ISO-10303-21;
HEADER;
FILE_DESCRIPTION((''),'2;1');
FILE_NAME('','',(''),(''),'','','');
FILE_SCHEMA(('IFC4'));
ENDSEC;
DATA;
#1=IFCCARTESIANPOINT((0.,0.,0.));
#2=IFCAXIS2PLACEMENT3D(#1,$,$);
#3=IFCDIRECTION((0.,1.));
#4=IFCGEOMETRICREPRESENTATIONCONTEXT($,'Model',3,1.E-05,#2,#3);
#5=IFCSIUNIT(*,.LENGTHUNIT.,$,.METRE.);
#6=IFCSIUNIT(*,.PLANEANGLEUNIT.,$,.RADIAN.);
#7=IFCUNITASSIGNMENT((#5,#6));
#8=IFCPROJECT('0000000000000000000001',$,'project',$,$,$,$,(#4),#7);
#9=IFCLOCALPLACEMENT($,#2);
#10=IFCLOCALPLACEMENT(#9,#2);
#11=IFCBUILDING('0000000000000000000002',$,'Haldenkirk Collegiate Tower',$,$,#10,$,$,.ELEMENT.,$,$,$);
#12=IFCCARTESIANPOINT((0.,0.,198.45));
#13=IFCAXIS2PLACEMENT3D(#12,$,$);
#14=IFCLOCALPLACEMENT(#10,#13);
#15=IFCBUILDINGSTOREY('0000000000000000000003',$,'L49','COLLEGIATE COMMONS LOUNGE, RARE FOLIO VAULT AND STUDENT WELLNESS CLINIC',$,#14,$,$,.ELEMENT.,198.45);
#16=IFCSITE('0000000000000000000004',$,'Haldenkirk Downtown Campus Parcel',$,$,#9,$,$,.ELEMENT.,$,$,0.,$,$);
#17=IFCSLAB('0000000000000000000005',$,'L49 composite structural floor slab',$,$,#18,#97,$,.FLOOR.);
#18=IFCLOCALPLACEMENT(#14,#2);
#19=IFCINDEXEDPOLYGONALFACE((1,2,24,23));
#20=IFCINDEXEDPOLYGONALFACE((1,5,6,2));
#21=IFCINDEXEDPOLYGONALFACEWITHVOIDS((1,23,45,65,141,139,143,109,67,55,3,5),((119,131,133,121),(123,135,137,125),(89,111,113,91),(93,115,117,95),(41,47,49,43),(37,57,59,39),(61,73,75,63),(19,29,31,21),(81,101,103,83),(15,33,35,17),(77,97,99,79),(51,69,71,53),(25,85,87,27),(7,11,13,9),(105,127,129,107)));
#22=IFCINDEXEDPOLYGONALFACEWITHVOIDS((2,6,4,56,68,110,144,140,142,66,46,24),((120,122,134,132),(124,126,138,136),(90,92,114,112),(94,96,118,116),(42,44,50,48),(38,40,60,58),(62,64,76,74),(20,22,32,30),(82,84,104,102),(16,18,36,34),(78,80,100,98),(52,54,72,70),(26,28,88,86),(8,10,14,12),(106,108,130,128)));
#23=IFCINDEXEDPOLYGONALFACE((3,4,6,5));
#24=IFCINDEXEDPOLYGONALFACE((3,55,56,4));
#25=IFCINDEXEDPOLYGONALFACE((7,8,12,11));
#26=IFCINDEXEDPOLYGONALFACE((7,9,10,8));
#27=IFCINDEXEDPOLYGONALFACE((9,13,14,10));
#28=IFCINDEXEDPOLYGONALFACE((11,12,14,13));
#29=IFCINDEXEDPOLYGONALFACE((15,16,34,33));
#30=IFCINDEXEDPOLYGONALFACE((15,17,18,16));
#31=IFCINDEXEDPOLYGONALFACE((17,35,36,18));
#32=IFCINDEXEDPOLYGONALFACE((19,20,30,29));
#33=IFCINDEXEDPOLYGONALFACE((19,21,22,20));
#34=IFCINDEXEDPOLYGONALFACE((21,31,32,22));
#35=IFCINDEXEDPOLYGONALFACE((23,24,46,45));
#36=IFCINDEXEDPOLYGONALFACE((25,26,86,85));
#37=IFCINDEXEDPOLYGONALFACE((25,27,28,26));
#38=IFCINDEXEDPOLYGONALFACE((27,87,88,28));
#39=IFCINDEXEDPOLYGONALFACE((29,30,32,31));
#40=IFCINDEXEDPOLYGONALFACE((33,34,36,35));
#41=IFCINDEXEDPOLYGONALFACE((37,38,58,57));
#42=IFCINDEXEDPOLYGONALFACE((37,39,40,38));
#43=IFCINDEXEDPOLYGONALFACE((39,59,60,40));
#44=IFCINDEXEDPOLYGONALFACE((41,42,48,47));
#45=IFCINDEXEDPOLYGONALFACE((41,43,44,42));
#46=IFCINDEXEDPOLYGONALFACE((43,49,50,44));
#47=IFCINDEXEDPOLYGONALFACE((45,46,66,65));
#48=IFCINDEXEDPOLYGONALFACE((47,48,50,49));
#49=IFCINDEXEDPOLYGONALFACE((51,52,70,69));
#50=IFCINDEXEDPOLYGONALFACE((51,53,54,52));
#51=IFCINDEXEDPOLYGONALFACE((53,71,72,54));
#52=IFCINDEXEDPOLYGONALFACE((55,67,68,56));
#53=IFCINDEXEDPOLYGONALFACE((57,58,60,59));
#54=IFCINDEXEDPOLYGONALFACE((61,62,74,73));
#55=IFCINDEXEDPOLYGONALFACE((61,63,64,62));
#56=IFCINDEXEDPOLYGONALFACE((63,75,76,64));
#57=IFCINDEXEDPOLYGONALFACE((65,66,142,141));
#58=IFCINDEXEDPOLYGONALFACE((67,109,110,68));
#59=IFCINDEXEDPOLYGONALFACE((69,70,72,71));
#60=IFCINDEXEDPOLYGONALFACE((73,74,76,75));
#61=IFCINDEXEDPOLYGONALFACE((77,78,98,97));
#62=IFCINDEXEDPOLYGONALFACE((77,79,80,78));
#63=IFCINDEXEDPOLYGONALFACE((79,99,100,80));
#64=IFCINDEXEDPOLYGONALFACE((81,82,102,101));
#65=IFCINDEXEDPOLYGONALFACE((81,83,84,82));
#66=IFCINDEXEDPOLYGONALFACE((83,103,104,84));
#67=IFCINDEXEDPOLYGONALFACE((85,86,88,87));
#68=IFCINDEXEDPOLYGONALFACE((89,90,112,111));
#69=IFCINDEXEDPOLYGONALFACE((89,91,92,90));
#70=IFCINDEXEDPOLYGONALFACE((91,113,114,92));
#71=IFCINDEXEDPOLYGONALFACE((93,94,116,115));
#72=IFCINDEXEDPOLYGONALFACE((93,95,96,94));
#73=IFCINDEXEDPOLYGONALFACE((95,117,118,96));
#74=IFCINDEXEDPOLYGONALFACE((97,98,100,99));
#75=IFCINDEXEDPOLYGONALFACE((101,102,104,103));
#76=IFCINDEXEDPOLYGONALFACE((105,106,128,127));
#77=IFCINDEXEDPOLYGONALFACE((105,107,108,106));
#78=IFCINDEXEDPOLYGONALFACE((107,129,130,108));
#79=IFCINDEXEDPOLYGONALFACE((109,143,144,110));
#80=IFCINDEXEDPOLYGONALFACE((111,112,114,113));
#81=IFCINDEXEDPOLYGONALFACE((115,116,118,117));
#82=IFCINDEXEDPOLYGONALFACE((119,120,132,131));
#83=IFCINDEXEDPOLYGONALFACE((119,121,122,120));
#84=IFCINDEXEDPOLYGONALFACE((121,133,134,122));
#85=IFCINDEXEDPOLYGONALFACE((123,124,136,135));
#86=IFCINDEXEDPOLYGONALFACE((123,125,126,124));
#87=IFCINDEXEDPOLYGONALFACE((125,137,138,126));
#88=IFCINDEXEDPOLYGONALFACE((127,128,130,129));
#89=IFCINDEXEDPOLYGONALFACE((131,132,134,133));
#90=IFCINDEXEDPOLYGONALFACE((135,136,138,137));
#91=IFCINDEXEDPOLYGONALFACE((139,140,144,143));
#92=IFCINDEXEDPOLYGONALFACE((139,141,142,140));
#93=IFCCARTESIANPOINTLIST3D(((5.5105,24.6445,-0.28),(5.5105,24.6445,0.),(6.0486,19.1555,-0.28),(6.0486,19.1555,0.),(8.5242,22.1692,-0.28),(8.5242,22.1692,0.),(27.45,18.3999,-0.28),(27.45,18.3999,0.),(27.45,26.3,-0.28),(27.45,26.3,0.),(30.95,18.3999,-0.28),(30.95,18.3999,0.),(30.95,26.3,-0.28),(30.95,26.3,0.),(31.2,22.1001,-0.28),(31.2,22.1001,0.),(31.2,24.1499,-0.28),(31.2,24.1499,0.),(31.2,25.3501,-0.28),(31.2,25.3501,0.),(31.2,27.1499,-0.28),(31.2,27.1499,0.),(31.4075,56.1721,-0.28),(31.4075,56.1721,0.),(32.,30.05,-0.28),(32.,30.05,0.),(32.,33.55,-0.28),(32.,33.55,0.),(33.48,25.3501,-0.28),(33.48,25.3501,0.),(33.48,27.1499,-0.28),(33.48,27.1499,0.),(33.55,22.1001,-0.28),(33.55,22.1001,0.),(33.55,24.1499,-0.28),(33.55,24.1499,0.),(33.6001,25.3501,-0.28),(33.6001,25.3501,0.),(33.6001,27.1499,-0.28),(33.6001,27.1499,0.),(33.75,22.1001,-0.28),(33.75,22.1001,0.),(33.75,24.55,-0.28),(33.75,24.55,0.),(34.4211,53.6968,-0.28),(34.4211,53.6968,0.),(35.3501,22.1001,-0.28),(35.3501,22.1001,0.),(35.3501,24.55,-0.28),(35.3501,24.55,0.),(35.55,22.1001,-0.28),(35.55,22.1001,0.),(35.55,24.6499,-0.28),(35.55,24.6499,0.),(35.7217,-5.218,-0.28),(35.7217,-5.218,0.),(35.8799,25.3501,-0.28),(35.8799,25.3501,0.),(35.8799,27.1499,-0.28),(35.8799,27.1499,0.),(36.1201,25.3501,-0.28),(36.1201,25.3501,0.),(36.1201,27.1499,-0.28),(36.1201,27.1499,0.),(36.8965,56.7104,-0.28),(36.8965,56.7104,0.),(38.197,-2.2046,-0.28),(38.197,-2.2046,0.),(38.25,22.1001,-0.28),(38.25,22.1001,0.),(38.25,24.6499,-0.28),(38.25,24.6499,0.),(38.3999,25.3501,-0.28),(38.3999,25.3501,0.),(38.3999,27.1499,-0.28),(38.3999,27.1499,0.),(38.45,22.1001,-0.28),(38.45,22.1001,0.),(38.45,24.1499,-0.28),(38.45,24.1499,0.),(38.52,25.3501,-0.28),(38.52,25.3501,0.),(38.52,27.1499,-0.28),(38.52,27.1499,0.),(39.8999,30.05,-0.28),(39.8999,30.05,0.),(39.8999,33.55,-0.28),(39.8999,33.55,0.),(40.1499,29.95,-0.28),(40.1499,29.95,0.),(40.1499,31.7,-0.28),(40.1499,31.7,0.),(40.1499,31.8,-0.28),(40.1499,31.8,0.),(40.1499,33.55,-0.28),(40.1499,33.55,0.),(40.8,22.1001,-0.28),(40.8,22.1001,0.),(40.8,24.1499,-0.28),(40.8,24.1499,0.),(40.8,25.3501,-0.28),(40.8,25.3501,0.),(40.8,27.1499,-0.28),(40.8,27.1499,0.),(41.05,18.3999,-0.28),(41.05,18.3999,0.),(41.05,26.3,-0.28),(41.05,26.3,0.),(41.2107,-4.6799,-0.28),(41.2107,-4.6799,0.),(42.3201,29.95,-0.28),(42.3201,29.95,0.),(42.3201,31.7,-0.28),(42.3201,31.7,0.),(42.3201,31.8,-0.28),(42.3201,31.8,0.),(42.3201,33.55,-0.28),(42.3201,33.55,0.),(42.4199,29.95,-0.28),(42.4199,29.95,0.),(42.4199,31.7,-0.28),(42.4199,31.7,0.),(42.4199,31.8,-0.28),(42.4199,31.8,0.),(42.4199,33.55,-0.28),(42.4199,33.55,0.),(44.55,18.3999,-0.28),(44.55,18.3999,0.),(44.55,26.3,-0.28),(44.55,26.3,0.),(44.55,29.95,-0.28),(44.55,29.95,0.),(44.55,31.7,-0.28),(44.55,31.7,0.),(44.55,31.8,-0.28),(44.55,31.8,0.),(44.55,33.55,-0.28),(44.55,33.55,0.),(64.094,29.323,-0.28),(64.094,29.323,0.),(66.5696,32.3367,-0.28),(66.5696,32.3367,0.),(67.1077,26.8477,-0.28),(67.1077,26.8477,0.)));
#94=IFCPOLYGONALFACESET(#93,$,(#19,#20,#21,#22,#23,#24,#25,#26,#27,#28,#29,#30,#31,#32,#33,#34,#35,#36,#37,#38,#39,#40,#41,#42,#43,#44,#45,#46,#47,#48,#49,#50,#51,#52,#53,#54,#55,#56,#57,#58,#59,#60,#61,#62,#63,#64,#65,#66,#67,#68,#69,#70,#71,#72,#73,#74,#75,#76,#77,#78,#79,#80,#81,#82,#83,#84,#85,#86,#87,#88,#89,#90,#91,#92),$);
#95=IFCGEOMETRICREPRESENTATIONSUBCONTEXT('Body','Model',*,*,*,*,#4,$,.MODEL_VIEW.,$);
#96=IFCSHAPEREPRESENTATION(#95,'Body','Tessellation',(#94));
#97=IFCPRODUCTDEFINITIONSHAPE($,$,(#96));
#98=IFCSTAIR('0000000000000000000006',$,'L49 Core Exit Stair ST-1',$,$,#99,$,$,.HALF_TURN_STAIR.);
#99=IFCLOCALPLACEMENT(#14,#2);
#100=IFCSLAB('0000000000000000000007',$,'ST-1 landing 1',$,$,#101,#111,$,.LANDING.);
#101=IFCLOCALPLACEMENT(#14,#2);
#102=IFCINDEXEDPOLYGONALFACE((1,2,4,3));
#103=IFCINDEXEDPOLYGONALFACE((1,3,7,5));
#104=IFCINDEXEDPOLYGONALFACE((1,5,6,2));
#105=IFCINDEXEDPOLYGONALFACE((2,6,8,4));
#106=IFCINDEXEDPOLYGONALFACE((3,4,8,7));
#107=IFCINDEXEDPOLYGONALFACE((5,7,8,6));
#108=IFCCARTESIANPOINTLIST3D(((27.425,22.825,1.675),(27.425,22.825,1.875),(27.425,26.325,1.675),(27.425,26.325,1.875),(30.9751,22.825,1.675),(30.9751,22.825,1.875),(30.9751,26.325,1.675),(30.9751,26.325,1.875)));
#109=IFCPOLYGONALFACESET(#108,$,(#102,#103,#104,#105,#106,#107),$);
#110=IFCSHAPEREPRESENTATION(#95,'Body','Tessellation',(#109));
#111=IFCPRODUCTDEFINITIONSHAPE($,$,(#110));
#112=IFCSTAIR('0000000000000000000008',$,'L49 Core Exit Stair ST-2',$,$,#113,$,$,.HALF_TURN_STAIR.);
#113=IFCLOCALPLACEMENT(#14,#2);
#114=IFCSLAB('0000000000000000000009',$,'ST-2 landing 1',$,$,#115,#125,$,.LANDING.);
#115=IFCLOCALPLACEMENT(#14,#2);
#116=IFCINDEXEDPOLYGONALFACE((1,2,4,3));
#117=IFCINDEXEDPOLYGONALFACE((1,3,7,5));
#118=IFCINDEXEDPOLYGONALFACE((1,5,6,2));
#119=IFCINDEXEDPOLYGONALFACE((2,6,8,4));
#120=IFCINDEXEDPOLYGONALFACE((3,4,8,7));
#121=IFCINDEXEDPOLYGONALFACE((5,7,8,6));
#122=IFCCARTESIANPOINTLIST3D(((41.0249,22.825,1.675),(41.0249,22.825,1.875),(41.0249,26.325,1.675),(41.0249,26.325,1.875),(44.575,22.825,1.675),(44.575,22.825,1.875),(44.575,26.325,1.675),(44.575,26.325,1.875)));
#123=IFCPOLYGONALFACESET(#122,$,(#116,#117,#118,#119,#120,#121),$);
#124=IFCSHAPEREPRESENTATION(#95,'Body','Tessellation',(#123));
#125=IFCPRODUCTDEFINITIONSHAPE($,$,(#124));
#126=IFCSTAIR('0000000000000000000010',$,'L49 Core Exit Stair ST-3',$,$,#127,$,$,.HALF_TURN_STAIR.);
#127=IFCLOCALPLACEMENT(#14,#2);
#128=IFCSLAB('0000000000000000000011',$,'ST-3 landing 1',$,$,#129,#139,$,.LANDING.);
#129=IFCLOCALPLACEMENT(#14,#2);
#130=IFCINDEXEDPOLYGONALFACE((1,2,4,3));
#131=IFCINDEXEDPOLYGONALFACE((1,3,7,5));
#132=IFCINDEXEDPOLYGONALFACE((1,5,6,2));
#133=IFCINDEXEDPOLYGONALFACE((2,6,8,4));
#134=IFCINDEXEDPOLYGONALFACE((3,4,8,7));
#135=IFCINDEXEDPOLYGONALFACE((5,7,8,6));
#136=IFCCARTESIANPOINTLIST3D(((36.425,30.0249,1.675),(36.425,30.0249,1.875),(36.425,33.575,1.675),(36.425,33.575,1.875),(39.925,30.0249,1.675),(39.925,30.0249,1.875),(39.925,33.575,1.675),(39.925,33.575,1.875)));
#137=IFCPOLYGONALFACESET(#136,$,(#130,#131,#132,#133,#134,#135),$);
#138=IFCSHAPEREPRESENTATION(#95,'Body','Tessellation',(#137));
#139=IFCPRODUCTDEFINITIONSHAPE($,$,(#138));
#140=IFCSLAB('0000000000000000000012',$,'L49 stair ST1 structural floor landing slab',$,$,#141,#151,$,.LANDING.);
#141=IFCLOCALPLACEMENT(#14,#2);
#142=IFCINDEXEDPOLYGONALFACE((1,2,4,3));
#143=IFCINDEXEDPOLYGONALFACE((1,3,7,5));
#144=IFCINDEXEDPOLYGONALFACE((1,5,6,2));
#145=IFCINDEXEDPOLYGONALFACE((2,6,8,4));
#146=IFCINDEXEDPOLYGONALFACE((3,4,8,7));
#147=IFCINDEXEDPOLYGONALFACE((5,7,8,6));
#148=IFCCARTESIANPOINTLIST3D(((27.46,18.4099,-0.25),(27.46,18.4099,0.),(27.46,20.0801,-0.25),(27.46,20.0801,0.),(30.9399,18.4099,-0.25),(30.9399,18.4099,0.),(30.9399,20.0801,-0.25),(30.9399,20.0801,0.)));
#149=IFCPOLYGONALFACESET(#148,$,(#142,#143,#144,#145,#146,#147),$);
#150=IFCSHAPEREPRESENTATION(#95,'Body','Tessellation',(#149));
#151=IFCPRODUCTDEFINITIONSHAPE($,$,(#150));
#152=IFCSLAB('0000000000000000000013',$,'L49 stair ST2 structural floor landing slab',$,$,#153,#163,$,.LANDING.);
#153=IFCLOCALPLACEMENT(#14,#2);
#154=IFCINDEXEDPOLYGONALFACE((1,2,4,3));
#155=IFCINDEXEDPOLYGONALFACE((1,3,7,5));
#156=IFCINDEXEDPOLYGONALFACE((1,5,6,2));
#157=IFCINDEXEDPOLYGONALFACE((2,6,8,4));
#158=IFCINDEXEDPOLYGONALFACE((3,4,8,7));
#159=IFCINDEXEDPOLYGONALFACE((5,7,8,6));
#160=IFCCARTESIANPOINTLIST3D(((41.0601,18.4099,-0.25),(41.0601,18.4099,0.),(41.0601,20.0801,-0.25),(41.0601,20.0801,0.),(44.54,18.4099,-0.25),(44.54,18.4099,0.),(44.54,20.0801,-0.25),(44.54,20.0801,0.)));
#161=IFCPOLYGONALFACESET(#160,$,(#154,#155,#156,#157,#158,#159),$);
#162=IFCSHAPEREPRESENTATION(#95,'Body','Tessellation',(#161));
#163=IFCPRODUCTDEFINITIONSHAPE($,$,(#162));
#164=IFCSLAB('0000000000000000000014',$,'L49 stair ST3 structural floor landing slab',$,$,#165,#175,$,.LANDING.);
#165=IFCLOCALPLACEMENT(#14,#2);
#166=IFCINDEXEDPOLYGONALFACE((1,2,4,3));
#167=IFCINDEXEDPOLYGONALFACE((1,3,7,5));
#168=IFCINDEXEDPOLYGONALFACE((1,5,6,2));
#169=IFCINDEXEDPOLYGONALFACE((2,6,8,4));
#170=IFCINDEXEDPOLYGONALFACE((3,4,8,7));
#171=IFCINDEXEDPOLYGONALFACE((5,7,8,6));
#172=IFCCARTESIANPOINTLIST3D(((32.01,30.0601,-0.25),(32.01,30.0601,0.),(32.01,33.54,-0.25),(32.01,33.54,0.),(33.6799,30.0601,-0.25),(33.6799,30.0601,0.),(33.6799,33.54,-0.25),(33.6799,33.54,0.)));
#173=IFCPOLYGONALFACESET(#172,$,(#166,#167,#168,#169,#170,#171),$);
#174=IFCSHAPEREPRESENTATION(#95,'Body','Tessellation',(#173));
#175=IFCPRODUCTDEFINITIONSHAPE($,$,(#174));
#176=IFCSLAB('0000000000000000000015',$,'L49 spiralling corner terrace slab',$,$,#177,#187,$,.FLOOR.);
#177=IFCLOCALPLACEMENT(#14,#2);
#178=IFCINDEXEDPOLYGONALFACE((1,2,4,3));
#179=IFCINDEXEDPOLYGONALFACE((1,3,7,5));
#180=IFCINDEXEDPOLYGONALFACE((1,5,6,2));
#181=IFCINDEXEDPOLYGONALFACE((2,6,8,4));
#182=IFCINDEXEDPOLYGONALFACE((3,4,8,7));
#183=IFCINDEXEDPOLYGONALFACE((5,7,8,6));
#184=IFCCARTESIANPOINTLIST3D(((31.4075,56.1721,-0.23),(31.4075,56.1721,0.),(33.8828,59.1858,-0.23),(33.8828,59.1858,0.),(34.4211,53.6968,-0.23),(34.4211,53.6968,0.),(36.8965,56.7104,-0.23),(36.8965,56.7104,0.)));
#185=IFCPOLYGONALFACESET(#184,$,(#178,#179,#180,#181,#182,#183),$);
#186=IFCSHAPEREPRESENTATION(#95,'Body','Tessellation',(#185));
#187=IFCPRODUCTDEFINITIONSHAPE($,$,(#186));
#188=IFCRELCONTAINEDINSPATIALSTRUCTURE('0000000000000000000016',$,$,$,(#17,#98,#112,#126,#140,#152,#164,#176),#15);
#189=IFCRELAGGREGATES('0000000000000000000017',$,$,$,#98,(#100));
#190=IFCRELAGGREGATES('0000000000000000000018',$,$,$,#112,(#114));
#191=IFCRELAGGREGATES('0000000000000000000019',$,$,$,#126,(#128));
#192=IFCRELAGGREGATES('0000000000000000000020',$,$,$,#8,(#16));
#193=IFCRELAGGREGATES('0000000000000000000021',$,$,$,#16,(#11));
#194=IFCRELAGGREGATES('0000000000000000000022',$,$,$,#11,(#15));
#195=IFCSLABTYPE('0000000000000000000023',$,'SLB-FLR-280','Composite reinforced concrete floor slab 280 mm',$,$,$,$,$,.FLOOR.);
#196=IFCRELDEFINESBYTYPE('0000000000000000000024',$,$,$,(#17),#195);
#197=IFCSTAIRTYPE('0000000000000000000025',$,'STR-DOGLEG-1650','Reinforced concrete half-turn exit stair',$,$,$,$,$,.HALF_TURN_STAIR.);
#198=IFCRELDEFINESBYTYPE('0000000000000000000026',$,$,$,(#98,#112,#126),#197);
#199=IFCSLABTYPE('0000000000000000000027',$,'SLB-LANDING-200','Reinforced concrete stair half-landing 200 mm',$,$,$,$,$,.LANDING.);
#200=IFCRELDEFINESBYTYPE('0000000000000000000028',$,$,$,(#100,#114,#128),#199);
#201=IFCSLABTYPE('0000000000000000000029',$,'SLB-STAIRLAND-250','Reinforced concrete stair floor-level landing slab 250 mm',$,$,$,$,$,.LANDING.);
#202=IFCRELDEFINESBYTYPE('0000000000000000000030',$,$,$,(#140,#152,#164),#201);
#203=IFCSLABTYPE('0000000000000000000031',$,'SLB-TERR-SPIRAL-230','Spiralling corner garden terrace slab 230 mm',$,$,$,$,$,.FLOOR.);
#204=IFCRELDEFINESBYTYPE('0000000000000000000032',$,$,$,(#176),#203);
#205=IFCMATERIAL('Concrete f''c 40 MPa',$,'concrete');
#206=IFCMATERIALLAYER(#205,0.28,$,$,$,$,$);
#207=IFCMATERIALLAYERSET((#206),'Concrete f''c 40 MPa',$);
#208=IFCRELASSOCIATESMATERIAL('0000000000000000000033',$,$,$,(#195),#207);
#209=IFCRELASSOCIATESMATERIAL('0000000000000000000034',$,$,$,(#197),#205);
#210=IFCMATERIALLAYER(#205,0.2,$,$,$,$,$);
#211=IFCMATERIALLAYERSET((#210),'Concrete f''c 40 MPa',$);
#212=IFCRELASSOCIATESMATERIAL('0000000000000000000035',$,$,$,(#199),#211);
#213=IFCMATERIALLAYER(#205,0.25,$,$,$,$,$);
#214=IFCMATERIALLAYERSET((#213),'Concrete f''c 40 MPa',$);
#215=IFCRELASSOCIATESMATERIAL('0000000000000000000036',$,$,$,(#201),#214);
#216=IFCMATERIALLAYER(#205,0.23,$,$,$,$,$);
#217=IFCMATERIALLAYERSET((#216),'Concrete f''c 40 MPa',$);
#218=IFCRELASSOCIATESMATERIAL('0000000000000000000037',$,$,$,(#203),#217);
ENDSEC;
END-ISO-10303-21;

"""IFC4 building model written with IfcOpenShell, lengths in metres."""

from ifc_helpers import new_model, si_unit, direction, frame, origin, place, context, subcontext, project, spatial, polyline, outline, extrude, material, layer, layer_set, type_object, element, aggregate, save


model = new_model("IFC4")

# Units and contexts
model_context = context("Model", 3, precision=1e-05, world=origin(), true_north=direction((0.0, 1.0)))
body_context = subcontext(model_context, "Body", "Model", "MODEL_VIEW")
ifc_project = project(units=[si_unit("LENGTHUNIT", "METRE"), si_unit("PLANEANGLEUNIT", "RADIAN")], contexts=[model_context])

# Site, building, storey
site_placement = place(None, origin())
site = spatial("IfcSite", under=ifc_project, at=site_placement, Name="Haldenkirk Downtown Campus Parcel", CompositionType="ELEMENT", RefElevation=0.0)
building_placement = place(site_placement, origin())
building = spatial("IfcBuilding", under=site, at=building_placement, Name="Haldenkirk Collegiate Tower", CompositionType="ELEMENT")
storey_placement = place(building_placement, frame((0.0, 0.0, 198.45)))
storey = spatial("IfcBuildingStorey", under=building, at=storey_placement, Name="L49", Description="COLLEGIATE COMMONS LOUNGE, RARE FOLIO VAULT AND STUDENT WELLNESS CLINIC", CompositionType="ELEMENT", Elevation=198.45)

# Slab
ifc_material_1 = material(Name="Concrete f'c 40 MPa", Category="concrete")
ifc_layer_1 = layer(ifc_material_1, 0.28)
ifc_layer_set_1 = layer_set([ifc_layer_1], Name="Concrete f'c 40 MPa")
slab_type_1 = type_object("IfcSlabType", Name="SLB-FLR-280", Description="Composite reinforced concrete floor slab 280 mm", PredefinedType="FLOOR", material=ifc_layer_set_1)
slab_1_placement = place(storey_placement, frame((0.0, 0.0, -0.28)))
element("IfcSlab", 1, at=slab_1_placement, inside=storey, type_object=slab_type_1, Name="L49 composite structural floor slab", PredefinedType="FLOOR", context=body_context, shape_type="SweptSolid", body=[
    extrude(outline(polyline([(41.2107, -4.6799), (67.1077, 26.8477), (64.094, 29.323), (66.5696, 32.3367), (36.8965, 56.7104), (34.4211, 53.6968), (31.4075, 56.1721), (5.5105, 24.6445), (8.5242, 22.1692), (6.0486, 19.1555), (35.7217, -5.218), (38.197, -2.2046), (41.2107, -4.6799)]), holes=[polyline([(27.45, 18.3999), (30.95, 18.3999), (30.95, 26.3), (27.45, 26.3), (27.45, 18.3999)]), polyline([(41.05, 18.3999), (44.55, 18.3999), (44.55, 26.3), (41.05, 26.3), (41.05, 18.3999)]), polyline([(32.0, 30.05), (39.8999, 30.05), (39.8999, 33.55), (32.0, 33.55), (32.0, 30.05)]), polyline([(33.75, 22.1001), (35.3501, 22.1001), (35.3501, 24.55), (33.75, 24.55), (33.75, 22.1001)]), polyline([(40.1499, 29.95), (42.3201, 29.95), (42.3201, 31.7), (40.1499, 31.7), (40.1499, 29.95)]), polyline([(42.4199, 29.95), (44.55, 29.95), (44.55, 31.7), (42.4199, 31.7), (42.4199, 29.95)]), polyline([(40.1499, 31.8), (42.3201, 31.8), (42.3201, 33.55), (40.1499, 33.55), (40.1499, 31.8)]), polyline([(42.4199, 31.8), (44.55, 31.8), (44.55, 33.55), (42.4199, 33.55), (42.4199, 31.8)]), polyline([(31.2, 25.3501), (33.48, 25.3501), (33.48, 27.1499), (31.2, 27.1499), (31.2, 25.3501)]), polyline([(33.6001, 25.3501), (35.8799, 25.3501), (35.8799, 27.1499), (33.6001, 27.1499), (33.6001, 25.3501)]), polyline([(36.1201, 25.3501), (38.3999, 25.3501), (38.3999, 27.1499), (36.1201, 27.1499), (36.1201, 25.3501)]), polyline([(38.52, 25.3501), (40.8, 25.3501), (40.8, 27.1499), (38.52, 27.1499), (38.52, 25.3501)]), polyline([(31.2, 22.1001), (33.55, 22.1001), (33.55, 24.1499), (31.2, 24.1499), (31.2, 22.1001)]), polyline([(38.45, 22.1001), (40.8, 22.1001), (40.8, 24.1499), (38.45, 24.1499), (38.45, 22.1001)]), polyline([(35.55, 22.1001), (38.25, 22.1001), (38.25, 24.6499), (35.55, 24.6499), (35.55, 22.1001)])]), origin(), (0.0, 0.0, 1.0), 0.28),
])

# Stairs, slabs
stair_type = type_object("IfcStairType", Name="STR-DOGLEG-1650", Description="Reinforced concrete half-turn exit stair", PredefinedType="HALF_TURN_STAIR", material=ifc_material_1)
stair_1_placement = place(storey_placement, origin())
stair_1 = element("IfcStair", 2, at=stair_1_placement, inside=storey, type_object=stair_type, Name="L49 Core Exit Stair ST-1", PredefinedType="HALF_TURN_STAIR")
ifc_layer_2 = layer(ifc_material_1, 0.2)
ifc_layer_set_2 = layer_set([ifc_layer_2], Name="Concrete f'c 40 MPa")
slab_type_2 = type_object("IfcSlabType", Name="SLB-LANDING-200", Description="Reinforced concrete stair half-landing 200 mm", PredefinedType="LANDING", material=ifc_layer_set_2)
slab_2_placement = place(storey_placement, frame((0.0, 0.0, 1.675)))
slab_2 = element("IfcSlab", 3, at=slab_2_placement, type_object=slab_type_2, Name="ST-1 landing 1", PredefinedType="LANDING", context=body_context, shape_type="SweptSolid", body=[
    extrude(outline(polyline([(30.9751, 22.825), (27.425, 22.825), (27.425, 26.325), (30.9751, 26.325), (30.9751, 22.825)])), origin(), (0.0, 0.0, 1.0), 0.2),
])
aggregate(stair_1, [slab_2])
stair_2_placement = place(storey_placement, origin())
stair_2 = element("IfcStair", 4, at=stair_2_placement, inside=storey, type_object=stair_type, Name="L49 Core Exit Stair ST-2", PredefinedType="HALF_TURN_STAIR")
slab_3_placement = place(storey_placement, frame((0.0, 0.0, 1.675)))
slab_3 = element("IfcSlab", 5, at=slab_3_placement, type_object=slab_type_2, Name="ST-2 landing 1", PredefinedType="LANDING", context=body_context, shape_type="SweptSolid", body=[
    extrude(outline(polyline([(44.575, 22.825), (41.0249, 22.825), (41.0249, 26.325), (44.575, 26.325), (44.575, 22.825)])), origin(), (0.0, 0.0, 1.0), 0.2),
])
aggregate(stair_2, [slab_3])
stair_3_placement = place(storey_placement, origin())
stair_3 = element("IfcStair", 6, at=stair_3_placement, inside=storey, type_object=stair_type, Name="L49 Core Exit Stair ST-3", PredefinedType="HALF_TURN_STAIR")
slab_4_placement = place(storey_placement, frame((0.0, 0.0, 1.675)))
slab_4 = element("IfcSlab", 7, at=slab_4_placement, type_object=slab_type_2, Name="ST-3 landing 1", PredefinedType="LANDING", context=body_context, shape_type="SweptSolid", body=[
    extrude(outline(polyline([(36.425, 30.0249), (36.425, 33.575), (39.925, 33.575), (39.925, 30.0249), (36.425, 30.0249)])), origin(), (0.0, 0.0, 1.0), 0.2),
])
aggregate(stair_3, [slab_4])

# Slabs
ifc_layer_3 = layer(ifc_material_1, 0.25)
ifc_layer_set_3 = layer_set([ifc_layer_3], Name="Concrete f'c 40 MPa")
slab_type_3 = type_object("IfcSlabType", Name="SLB-STAIRLAND-250", Description="Reinforced concrete stair floor-level landing slab 250 mm", PredefinedType="LANDING", material=ifc_layer_set_3)
slab_5_placement = place(storey_placement, frame((0.0, 0.0, -0.25)))
element("IfcSlab", 8, at=slab_5_placement, inside=storey, type_object=slab_type_3, Name="L49 stair ST1 structural floor landing slab", PredefinedType="LANDING", context=body_context, shape_type="SweptSolid", body=[
    extrude(outline(polyline([(27.46, 18.4099), (30.9399, 18.4099), (30.9399, 20.0801), (27.46, 20.0801), (27.46, 18.4099)])), origin(), (0.0, 0.0, 1.0), 0.25),
])
slab_6_placement = place(storey_placement, frame((0.0, 0.0, -0.25)))
element("IfcSlab", 9, at=slab_6_placement, inside=storey, type_object=slab_type_3, Name="L49 stair ST2 structural floor landing slab", PredefinedType="LANDING", context=body_context, shape_type="SweptSolid", body=[
    extrude(outline(polyline([(41.0601, 18.4099), (44.54, 18.4099), (44.54, 20.0801), (41.0601, 20.0801), (41.0601, 18.4099)])), origin(), (0.0, 0.0, 1.0), 0.25),
])
slab_7_placement = place(storey_placement, frame((0.0, 0.0, -0.25)))
element("IfcSlab", 10, at=slab_7_placement, inside=storey, type_object=slab_type_3, Name="L49 stair ST3 structural floor landing slab", PredefinedType="LANDING", context=body_context, shape_type="SweptSolid", body=[
    extrude(outline(polyline([(32.01, 30.0601), (33.6799, 30.0601), (33.6799, 33.54), (32.01, 33.54), (32.01, 30.0601)])), origin(), (0.0, 0.0, 1.0), 0.25),
])
ifc_layer_4 = layer(ifc_material_1, 0.23)
ifc_layer_set_4 = layer_set([ifc_layer_4], Name="Concrete f'c 40 MPa")
slab_type_4 = type_object("IfcSlabType", Name="SLB-TERR-SPIRAL-230", Description="Spiralling corner garden terrace slab 230 mm", PredefinedType="FLOOR", material=ifc_layer_set_4)
slab_8_placement = place(storey_placement, frame((0.0, 0.0, -0.23)))
element("IfcSlab", 11, at=slab_8_placement, inside=storey, type_object=slab_type_4, Name="L49 spiralling corner terrace slab", PredefinedType="FLOOR", context=body_context, shape_type="SweptSolid", body=[
    extrude(outline(polyline([(34.4211, 53.6968), (36.8965, 56.7104), (33.8828, 59.1858), (31.4075, 56.1721), (34.4211, 53.6968)])), origin(), (0.0, 0.0, 1.0), 0.23),
])

save(model, "model.ifc")
